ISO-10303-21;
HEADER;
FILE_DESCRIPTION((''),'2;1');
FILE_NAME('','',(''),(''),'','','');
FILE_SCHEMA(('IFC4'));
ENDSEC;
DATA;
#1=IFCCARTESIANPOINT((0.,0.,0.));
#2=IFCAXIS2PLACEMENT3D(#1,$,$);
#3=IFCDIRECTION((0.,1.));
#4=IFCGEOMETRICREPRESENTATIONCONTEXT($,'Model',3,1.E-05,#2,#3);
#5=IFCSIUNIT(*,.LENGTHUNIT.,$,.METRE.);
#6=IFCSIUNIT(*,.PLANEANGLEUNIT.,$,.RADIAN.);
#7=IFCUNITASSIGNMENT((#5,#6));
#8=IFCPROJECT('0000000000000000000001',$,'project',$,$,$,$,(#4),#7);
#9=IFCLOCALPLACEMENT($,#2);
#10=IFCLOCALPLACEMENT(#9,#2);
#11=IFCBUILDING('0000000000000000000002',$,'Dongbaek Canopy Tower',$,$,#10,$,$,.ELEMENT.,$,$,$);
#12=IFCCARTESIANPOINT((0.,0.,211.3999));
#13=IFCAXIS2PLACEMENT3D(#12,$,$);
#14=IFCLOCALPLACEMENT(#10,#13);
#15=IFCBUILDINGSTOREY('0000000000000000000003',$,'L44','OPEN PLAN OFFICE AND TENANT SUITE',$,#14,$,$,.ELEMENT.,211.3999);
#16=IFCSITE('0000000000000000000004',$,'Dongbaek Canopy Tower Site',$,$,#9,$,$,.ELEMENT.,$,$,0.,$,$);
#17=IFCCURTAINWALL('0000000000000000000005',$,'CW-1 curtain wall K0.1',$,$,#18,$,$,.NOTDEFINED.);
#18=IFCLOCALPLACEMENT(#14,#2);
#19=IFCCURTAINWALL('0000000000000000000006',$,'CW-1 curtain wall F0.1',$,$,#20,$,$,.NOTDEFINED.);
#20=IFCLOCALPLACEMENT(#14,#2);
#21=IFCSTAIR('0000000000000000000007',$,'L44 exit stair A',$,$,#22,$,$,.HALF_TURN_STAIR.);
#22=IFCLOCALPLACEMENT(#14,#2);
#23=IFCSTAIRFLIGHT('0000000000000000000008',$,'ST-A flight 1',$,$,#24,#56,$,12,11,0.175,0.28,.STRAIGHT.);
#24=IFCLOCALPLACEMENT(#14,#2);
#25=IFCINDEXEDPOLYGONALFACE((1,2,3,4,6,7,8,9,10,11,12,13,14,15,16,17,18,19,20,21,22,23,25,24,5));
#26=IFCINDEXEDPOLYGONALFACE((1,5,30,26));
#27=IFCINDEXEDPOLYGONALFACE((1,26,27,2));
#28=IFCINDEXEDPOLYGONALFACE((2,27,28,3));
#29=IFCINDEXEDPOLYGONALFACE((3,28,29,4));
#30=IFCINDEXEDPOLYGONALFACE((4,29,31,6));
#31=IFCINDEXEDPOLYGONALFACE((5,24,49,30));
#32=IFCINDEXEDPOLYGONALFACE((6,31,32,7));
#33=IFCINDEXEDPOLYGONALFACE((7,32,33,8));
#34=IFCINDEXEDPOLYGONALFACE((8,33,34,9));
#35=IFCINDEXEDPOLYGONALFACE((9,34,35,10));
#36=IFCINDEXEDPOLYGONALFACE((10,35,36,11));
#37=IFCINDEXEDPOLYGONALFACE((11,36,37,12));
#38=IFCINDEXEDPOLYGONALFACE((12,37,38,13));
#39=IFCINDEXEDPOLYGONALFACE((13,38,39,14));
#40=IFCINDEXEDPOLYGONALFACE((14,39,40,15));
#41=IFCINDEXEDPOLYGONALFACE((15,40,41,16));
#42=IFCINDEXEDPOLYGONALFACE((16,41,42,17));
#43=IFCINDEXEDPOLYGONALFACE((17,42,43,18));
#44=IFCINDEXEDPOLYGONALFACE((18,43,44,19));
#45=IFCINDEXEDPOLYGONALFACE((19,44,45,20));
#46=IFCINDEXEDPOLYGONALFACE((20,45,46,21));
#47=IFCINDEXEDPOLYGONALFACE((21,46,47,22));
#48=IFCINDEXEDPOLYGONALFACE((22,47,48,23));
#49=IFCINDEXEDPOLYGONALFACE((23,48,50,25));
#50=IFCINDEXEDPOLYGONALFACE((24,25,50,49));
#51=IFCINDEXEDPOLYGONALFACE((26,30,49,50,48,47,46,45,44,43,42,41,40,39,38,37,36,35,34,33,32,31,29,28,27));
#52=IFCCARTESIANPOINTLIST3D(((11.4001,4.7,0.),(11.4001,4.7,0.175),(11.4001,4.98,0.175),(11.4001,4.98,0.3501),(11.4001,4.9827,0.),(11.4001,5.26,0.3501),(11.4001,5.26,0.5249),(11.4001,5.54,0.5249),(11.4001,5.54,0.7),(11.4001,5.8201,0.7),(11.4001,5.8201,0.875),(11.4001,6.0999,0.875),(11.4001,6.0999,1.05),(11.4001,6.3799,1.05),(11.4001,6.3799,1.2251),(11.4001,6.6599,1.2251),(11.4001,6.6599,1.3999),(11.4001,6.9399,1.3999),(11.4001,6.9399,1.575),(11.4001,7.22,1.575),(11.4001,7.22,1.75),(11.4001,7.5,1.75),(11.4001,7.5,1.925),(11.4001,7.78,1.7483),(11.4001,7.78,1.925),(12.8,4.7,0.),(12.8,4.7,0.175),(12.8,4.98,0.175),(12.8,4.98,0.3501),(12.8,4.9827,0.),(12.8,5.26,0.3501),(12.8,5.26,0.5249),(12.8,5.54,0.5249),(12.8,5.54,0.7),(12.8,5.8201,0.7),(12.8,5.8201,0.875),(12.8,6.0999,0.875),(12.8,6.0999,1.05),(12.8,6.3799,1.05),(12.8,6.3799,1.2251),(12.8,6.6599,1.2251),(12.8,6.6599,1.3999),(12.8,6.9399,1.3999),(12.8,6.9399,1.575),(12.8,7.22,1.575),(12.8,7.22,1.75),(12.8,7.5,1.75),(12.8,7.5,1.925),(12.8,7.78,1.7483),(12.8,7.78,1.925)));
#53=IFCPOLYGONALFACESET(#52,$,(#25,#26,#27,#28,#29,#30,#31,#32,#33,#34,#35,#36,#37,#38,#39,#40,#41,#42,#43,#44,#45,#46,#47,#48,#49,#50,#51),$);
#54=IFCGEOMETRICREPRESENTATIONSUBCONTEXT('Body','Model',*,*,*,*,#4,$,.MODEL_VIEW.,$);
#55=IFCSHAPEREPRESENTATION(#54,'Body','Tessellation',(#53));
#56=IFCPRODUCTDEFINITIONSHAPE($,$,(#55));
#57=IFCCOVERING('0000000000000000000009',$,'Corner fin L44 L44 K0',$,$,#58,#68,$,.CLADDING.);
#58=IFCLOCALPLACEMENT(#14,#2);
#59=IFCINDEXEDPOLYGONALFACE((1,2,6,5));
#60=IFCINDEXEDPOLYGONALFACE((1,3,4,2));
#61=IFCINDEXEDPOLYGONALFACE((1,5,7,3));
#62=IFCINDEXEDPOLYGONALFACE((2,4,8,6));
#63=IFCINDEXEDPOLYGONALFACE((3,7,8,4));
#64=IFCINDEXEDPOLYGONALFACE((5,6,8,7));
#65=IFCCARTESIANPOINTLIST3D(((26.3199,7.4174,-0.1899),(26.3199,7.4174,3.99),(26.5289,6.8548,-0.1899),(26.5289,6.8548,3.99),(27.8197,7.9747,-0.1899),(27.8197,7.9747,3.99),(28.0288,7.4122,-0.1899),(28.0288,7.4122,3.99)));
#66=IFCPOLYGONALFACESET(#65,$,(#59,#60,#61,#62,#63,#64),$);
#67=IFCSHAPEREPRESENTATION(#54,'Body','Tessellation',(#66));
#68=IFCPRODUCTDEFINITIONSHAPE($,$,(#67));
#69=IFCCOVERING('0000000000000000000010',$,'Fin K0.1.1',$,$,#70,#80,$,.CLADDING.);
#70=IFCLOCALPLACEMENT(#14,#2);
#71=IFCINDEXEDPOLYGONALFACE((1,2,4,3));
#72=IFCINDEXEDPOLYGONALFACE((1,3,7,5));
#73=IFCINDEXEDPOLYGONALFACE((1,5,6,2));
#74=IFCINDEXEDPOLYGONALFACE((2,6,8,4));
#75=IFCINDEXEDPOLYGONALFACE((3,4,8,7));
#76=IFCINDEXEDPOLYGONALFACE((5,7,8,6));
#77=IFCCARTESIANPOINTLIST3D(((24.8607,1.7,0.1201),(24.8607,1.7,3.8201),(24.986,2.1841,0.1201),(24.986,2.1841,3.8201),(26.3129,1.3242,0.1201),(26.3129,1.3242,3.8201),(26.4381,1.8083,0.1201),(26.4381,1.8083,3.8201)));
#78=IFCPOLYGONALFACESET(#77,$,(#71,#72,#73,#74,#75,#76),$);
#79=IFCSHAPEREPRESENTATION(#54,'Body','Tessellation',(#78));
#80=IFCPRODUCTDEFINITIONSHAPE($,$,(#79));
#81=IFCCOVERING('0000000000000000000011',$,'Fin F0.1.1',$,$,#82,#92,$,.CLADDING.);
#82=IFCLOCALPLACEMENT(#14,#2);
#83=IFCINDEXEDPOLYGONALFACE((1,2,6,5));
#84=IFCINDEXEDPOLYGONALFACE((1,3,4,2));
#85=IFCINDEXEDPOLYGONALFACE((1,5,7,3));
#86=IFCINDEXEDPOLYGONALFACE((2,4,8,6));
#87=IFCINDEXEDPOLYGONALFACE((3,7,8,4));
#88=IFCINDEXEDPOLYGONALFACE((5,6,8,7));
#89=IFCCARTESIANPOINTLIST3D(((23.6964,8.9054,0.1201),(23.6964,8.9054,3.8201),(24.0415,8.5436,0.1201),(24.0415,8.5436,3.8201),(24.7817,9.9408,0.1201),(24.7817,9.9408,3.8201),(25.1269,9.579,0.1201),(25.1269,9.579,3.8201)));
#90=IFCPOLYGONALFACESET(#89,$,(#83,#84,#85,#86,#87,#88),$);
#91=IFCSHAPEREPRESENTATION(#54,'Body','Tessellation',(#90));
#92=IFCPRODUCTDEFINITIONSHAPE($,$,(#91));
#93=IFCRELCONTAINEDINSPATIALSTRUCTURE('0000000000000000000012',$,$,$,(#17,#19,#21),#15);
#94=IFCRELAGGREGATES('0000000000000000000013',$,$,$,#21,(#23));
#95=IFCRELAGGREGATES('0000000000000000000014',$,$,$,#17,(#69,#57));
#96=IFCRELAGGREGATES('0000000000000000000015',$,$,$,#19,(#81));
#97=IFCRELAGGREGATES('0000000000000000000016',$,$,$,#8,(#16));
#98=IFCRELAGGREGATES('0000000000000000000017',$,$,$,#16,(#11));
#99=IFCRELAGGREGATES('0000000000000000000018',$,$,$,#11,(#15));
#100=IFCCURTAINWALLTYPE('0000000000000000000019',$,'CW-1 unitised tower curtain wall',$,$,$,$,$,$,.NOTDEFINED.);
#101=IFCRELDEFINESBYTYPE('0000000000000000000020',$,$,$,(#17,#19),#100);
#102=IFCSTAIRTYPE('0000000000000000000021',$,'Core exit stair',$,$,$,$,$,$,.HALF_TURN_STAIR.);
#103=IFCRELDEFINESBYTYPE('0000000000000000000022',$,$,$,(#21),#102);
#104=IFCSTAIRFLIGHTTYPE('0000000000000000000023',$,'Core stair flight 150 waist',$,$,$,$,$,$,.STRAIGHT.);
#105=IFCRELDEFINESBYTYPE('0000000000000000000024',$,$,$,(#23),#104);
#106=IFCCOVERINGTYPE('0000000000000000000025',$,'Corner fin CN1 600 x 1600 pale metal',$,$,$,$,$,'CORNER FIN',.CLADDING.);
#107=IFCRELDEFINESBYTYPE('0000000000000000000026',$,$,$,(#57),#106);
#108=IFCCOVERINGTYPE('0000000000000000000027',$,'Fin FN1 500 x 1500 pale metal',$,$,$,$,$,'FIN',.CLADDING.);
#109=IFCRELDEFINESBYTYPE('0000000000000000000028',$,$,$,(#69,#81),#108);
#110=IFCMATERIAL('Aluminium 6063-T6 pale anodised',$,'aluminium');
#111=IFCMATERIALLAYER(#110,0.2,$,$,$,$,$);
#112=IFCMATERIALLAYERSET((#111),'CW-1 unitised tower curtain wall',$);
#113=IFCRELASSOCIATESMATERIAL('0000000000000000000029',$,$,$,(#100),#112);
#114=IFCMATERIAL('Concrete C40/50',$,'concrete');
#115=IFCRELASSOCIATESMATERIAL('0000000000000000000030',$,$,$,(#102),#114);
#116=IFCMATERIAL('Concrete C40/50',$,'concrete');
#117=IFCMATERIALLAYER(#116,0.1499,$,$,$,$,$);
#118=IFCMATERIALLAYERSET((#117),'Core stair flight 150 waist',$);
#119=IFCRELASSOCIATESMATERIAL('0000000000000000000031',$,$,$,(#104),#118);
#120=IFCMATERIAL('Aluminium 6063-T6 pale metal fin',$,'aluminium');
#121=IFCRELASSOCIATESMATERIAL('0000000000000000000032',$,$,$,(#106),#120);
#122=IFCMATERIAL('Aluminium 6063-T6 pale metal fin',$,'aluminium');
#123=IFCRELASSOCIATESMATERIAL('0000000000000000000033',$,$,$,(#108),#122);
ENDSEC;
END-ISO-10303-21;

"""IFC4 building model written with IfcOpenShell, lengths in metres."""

from ifc_helpers import new_model, si_unit, direction, frame, origin, origin_2d, place, context, subcontext, project, spatial, polyline, rectangle, outline, extrude, material, layer, layer_set, material_profile, profile_set, type_object, element, aggregate, save


model = new_model("IFC4")

# Units and contexts
model_context = context("Model", 3, precision=1e-05, world=origin(), true_north=direction((0.0, 1.0)))
body_context = subcontext(model_context, "Body", "Model", "MODEL_VIEW")
ifc_project = project(units=[si_unit("LENGTHUNIT", "METRE"), si_unit("PLANEANGLEUNIT", "RADIAN")], contexts=[model_context])

# Site, building, storey
site_placement = place(None, origin())
site = spatial("IfcSite", under=ifc_project, at=site_placement, Name="Dongbaek Canopy Tower Site", CompositionType="ELEMENT", RefElevation=0.0)
building_placement = place(site_placement, origin())
building = spatial("IfcBuilding", under=site, at=building_placement, Name="Dongbaek Canopy Tower", CompositionType="ELEMENT")
storey_placement = place(building_placement, frame((0.0, 0.0, 211.3999)))
storey = spatial("IfcBuildingStorey", under=building, at=storey_placement, Name="L44", Description="OPEN PLAN OFFICE AND TENANT SUITE", CompositionType="ELEMENT", Elevation=211.3999)

# Curtain wall
ifc_material_1 = material(Name="Aluminium 6063-T6 pale anodised", Category="aluminium")
ifc_layer_1 = layer(ifc_material_1, 0.2)
ifc_layer_set_1 = layer_set([ifc_layer_1], Name="CW-1 unitised tower curtain wall")
curtain_wall_type = type_object("IfcCurtainWallType", Name="CW-1 unitised tower curtain wall", PredefinedType="NOTDEFINED", material=ifc_layer_set_1)
curtain_wall_1_placement = place(storey_placement, origin())
curtain_wall_1 = element("IfcCurtainWall", 1, at=curtain_wall_1_placement, inside=storey, type_object=curtain_wall_type, Name="CW-1 curtain wall K0.1", PredefinedType="NOTDEFINED")

# Curtain wall
curtain_wall_2_placement = place(storey_placement, origin())
curtain_wall_2 = element("IfcCurtainWall", 2, at=curtain_wall_2_placement, inside=storey, type_object=curtain_wall_type, Name="CW-1 curtain wall F0.1", PredefinedType="NOTDEFINED")

# Stair, stair flight
ifc_material_2 = material(Name="Concrete C40/50", Category="concrete")
stair_type = type_object("IfcStairType", Name="Core exit stair", PredefinedType="HALF_TURN_STAIR", material=ifc_material_2)
stair_placement = place(storey_placement, origin())
stair = element("IfcStair", 3, at=stair_placement, inside=storey, type_object=stair_type, Name="L44 exit stair A", PredefinedType="HALF_TURN_STAIR")
ifc_material_3 = material(Name="Concrete C40/50", Category="concrete")
ifc_layer_2 = layer(ifc_material_3, 0.1499)
ifc_layer_set_2 = layer_set([ifc_layer_2], Name="Core stair flight 150 waist")
stair_flight_type = type_object("IfcStairFlightType", Name="Core stair flight 150 waist", PredefinedType="STRAIGHT", material=ifc_layer_set_2)
stair_flight_placement = place(storey_placement, frame((12.1001, 4.7, 0.0), z_axis=(0.0, 0.0, 1.0), x_axis=(0.0, 1.0, 0.0)))
stair_flight = element("IfcStairFlight", 4, at=stair_flight_placement, type_object=stair_flight_type, Name="ST-A flight 1", NumberOfRisers=12, NumberOfTreads=11, PredefinedType="STRAIGHT", RiserHeight=0.175, TreadLength=0.28, context=body_context, shape_type="SweptSolid", body=[
    extrude(outline(polyline([(0.0, 0.0), (0.0, 0.175), (0.28, 0.175), (0.28, 0.3501), (0.5601, 0.3501), (0.5601, 0.5249), (0.8401, 0.5249), (0.8401, 0.7), (1.1201, 0.7), (1.1201, 0.875), (1.3999, 0.875), (1.3999, 1.05), (1.6799, 1.05), (1.6799, 1.2251), (1.96, 1.2251), (1.96, 1.3999), (2.24, 1.3999), (2.24, 1.575), (2.52, 1.575), (2.52, 1.75), (2.8, 1.75), (2.8, 1.925), (3.0801, 1.925), (3.0801, 2.1001), (3.0801, 1.7483), (0.2827, 0.0), (0.0, 0.0)])), frame((0.0, 0.7, 0.0), z_axis=(0.0, -1.0, 0.0), x_axis=(1.0, 0.0, 0.0)), (0.0, 0.0, 1.0), 1.3999),
])
aggregate(stair, [stair_flight])

# Coverings
ifc_material_4 = material(Name="Aluminium 6063-T6 pale metal fin", Category="aluminium")
ifc_material_profile_1 = material_profile(ifc_material_4, rectangle(XDim=1.6001, YDim=0.6001, at=origin_2d()), Name="Corner fin CN1 600 x 1600 pale metal")
ifc_profile_set_1 = profile_set([ifc_material_profile_1], Name="Aluminium 6063-T6 pale metal fin")
covering_type_1 = type_object("IfcCoveringType", Name="Corner fin CN1 600 x 1600 pale metal", ElementType="CORNER FIN", PredefinedType="CLADDING", material=ifc_profile_set_1)
covering_1_placement = place(storey_placement, frame((27.1743, 7.4148, -0.1899), z_axis=(0.0, 0.0, 1.0), x_axis=(0.937367, 0.348343, 0.0)))
covering_1 = element("IfcCovering", 5, at=covering_1_placement, type_object=covering_type_1, Name="Corner fin L44 L44 K0", PredefinedType="CLADDING", context=body_context, shape_type="SweptSolid", body=[
    extrude(rectangle(XDim=1.6001, YDim=0.6001, at=origin_2d()), origin(), (0.0, 0.0, 1.0), 4.1799),
])
ifc_material_5 = material(Name="Aluminium 6063-T6 pale metal fin", Category="aluminium")
ifc_material_profile_2 = material_profile(ifc_material_5, rectangle(XDim=1.5, YDim=0.5, at=origin_2d()), Name="Fin FN1 500 x 1500 pale metal")
ifc_profile_set_2 = profile_set([ifc_material_profile_2], Name="Aluminium 6063-T6 pale metal fin")
covering_type_2 = type_object("IfcCoveringType", Name="Fin FN1 500 x 1500 pale metal", ElementType="FIN", PredefinedType="CLADDING", material=ifc_profile_set_2)
covering_2_placement = place(storey_placement, frame((25.6494, 1.7542, 0.1201), z_axis=(0.0, 0.0, 1.0), x_axis=(0.968104, -0.250547, 0.0)))
covering_2 = element("IfcCovering", 6, at=covering_2_placement, type_object=covering_type_2, Name="Fin K0.1.1", PredefinedType="CLADDING", context=body_context, shape_type="SweptSolid", body=[
    extrude(rectangle(XDim=1.5, YDim=0.5, at=origin_2d()), origin(), (0.0, 0.0, 1.0), 3.7),
])
aggregate(curtain_wall_1, [covering_2, covering_1])
covering_3_placement = place(storey_placement, frame((24.4116, 9.2422, 0.1201), z_axis=(0.0, 0.0, 1.0), x_axis=(0.723571, 0.69025, 0.0)))
covering_3 = element("IfcCovering", 7, at=covering_3_placement, type_object=covering_type_2, Name="Fin F0.1.1", PredefinedType="CLADDING", context=body_context, shape_type="SweptSolid", body=[
    extrude(rectangle(XDim=1.5, YDim=0.5, at=origin_2d()), origin(), (0.0, 0.0, 1.0), 3.7),
])
aggregate(curtain_wall_2, [covering_3])

save(model, "model.ifc")
